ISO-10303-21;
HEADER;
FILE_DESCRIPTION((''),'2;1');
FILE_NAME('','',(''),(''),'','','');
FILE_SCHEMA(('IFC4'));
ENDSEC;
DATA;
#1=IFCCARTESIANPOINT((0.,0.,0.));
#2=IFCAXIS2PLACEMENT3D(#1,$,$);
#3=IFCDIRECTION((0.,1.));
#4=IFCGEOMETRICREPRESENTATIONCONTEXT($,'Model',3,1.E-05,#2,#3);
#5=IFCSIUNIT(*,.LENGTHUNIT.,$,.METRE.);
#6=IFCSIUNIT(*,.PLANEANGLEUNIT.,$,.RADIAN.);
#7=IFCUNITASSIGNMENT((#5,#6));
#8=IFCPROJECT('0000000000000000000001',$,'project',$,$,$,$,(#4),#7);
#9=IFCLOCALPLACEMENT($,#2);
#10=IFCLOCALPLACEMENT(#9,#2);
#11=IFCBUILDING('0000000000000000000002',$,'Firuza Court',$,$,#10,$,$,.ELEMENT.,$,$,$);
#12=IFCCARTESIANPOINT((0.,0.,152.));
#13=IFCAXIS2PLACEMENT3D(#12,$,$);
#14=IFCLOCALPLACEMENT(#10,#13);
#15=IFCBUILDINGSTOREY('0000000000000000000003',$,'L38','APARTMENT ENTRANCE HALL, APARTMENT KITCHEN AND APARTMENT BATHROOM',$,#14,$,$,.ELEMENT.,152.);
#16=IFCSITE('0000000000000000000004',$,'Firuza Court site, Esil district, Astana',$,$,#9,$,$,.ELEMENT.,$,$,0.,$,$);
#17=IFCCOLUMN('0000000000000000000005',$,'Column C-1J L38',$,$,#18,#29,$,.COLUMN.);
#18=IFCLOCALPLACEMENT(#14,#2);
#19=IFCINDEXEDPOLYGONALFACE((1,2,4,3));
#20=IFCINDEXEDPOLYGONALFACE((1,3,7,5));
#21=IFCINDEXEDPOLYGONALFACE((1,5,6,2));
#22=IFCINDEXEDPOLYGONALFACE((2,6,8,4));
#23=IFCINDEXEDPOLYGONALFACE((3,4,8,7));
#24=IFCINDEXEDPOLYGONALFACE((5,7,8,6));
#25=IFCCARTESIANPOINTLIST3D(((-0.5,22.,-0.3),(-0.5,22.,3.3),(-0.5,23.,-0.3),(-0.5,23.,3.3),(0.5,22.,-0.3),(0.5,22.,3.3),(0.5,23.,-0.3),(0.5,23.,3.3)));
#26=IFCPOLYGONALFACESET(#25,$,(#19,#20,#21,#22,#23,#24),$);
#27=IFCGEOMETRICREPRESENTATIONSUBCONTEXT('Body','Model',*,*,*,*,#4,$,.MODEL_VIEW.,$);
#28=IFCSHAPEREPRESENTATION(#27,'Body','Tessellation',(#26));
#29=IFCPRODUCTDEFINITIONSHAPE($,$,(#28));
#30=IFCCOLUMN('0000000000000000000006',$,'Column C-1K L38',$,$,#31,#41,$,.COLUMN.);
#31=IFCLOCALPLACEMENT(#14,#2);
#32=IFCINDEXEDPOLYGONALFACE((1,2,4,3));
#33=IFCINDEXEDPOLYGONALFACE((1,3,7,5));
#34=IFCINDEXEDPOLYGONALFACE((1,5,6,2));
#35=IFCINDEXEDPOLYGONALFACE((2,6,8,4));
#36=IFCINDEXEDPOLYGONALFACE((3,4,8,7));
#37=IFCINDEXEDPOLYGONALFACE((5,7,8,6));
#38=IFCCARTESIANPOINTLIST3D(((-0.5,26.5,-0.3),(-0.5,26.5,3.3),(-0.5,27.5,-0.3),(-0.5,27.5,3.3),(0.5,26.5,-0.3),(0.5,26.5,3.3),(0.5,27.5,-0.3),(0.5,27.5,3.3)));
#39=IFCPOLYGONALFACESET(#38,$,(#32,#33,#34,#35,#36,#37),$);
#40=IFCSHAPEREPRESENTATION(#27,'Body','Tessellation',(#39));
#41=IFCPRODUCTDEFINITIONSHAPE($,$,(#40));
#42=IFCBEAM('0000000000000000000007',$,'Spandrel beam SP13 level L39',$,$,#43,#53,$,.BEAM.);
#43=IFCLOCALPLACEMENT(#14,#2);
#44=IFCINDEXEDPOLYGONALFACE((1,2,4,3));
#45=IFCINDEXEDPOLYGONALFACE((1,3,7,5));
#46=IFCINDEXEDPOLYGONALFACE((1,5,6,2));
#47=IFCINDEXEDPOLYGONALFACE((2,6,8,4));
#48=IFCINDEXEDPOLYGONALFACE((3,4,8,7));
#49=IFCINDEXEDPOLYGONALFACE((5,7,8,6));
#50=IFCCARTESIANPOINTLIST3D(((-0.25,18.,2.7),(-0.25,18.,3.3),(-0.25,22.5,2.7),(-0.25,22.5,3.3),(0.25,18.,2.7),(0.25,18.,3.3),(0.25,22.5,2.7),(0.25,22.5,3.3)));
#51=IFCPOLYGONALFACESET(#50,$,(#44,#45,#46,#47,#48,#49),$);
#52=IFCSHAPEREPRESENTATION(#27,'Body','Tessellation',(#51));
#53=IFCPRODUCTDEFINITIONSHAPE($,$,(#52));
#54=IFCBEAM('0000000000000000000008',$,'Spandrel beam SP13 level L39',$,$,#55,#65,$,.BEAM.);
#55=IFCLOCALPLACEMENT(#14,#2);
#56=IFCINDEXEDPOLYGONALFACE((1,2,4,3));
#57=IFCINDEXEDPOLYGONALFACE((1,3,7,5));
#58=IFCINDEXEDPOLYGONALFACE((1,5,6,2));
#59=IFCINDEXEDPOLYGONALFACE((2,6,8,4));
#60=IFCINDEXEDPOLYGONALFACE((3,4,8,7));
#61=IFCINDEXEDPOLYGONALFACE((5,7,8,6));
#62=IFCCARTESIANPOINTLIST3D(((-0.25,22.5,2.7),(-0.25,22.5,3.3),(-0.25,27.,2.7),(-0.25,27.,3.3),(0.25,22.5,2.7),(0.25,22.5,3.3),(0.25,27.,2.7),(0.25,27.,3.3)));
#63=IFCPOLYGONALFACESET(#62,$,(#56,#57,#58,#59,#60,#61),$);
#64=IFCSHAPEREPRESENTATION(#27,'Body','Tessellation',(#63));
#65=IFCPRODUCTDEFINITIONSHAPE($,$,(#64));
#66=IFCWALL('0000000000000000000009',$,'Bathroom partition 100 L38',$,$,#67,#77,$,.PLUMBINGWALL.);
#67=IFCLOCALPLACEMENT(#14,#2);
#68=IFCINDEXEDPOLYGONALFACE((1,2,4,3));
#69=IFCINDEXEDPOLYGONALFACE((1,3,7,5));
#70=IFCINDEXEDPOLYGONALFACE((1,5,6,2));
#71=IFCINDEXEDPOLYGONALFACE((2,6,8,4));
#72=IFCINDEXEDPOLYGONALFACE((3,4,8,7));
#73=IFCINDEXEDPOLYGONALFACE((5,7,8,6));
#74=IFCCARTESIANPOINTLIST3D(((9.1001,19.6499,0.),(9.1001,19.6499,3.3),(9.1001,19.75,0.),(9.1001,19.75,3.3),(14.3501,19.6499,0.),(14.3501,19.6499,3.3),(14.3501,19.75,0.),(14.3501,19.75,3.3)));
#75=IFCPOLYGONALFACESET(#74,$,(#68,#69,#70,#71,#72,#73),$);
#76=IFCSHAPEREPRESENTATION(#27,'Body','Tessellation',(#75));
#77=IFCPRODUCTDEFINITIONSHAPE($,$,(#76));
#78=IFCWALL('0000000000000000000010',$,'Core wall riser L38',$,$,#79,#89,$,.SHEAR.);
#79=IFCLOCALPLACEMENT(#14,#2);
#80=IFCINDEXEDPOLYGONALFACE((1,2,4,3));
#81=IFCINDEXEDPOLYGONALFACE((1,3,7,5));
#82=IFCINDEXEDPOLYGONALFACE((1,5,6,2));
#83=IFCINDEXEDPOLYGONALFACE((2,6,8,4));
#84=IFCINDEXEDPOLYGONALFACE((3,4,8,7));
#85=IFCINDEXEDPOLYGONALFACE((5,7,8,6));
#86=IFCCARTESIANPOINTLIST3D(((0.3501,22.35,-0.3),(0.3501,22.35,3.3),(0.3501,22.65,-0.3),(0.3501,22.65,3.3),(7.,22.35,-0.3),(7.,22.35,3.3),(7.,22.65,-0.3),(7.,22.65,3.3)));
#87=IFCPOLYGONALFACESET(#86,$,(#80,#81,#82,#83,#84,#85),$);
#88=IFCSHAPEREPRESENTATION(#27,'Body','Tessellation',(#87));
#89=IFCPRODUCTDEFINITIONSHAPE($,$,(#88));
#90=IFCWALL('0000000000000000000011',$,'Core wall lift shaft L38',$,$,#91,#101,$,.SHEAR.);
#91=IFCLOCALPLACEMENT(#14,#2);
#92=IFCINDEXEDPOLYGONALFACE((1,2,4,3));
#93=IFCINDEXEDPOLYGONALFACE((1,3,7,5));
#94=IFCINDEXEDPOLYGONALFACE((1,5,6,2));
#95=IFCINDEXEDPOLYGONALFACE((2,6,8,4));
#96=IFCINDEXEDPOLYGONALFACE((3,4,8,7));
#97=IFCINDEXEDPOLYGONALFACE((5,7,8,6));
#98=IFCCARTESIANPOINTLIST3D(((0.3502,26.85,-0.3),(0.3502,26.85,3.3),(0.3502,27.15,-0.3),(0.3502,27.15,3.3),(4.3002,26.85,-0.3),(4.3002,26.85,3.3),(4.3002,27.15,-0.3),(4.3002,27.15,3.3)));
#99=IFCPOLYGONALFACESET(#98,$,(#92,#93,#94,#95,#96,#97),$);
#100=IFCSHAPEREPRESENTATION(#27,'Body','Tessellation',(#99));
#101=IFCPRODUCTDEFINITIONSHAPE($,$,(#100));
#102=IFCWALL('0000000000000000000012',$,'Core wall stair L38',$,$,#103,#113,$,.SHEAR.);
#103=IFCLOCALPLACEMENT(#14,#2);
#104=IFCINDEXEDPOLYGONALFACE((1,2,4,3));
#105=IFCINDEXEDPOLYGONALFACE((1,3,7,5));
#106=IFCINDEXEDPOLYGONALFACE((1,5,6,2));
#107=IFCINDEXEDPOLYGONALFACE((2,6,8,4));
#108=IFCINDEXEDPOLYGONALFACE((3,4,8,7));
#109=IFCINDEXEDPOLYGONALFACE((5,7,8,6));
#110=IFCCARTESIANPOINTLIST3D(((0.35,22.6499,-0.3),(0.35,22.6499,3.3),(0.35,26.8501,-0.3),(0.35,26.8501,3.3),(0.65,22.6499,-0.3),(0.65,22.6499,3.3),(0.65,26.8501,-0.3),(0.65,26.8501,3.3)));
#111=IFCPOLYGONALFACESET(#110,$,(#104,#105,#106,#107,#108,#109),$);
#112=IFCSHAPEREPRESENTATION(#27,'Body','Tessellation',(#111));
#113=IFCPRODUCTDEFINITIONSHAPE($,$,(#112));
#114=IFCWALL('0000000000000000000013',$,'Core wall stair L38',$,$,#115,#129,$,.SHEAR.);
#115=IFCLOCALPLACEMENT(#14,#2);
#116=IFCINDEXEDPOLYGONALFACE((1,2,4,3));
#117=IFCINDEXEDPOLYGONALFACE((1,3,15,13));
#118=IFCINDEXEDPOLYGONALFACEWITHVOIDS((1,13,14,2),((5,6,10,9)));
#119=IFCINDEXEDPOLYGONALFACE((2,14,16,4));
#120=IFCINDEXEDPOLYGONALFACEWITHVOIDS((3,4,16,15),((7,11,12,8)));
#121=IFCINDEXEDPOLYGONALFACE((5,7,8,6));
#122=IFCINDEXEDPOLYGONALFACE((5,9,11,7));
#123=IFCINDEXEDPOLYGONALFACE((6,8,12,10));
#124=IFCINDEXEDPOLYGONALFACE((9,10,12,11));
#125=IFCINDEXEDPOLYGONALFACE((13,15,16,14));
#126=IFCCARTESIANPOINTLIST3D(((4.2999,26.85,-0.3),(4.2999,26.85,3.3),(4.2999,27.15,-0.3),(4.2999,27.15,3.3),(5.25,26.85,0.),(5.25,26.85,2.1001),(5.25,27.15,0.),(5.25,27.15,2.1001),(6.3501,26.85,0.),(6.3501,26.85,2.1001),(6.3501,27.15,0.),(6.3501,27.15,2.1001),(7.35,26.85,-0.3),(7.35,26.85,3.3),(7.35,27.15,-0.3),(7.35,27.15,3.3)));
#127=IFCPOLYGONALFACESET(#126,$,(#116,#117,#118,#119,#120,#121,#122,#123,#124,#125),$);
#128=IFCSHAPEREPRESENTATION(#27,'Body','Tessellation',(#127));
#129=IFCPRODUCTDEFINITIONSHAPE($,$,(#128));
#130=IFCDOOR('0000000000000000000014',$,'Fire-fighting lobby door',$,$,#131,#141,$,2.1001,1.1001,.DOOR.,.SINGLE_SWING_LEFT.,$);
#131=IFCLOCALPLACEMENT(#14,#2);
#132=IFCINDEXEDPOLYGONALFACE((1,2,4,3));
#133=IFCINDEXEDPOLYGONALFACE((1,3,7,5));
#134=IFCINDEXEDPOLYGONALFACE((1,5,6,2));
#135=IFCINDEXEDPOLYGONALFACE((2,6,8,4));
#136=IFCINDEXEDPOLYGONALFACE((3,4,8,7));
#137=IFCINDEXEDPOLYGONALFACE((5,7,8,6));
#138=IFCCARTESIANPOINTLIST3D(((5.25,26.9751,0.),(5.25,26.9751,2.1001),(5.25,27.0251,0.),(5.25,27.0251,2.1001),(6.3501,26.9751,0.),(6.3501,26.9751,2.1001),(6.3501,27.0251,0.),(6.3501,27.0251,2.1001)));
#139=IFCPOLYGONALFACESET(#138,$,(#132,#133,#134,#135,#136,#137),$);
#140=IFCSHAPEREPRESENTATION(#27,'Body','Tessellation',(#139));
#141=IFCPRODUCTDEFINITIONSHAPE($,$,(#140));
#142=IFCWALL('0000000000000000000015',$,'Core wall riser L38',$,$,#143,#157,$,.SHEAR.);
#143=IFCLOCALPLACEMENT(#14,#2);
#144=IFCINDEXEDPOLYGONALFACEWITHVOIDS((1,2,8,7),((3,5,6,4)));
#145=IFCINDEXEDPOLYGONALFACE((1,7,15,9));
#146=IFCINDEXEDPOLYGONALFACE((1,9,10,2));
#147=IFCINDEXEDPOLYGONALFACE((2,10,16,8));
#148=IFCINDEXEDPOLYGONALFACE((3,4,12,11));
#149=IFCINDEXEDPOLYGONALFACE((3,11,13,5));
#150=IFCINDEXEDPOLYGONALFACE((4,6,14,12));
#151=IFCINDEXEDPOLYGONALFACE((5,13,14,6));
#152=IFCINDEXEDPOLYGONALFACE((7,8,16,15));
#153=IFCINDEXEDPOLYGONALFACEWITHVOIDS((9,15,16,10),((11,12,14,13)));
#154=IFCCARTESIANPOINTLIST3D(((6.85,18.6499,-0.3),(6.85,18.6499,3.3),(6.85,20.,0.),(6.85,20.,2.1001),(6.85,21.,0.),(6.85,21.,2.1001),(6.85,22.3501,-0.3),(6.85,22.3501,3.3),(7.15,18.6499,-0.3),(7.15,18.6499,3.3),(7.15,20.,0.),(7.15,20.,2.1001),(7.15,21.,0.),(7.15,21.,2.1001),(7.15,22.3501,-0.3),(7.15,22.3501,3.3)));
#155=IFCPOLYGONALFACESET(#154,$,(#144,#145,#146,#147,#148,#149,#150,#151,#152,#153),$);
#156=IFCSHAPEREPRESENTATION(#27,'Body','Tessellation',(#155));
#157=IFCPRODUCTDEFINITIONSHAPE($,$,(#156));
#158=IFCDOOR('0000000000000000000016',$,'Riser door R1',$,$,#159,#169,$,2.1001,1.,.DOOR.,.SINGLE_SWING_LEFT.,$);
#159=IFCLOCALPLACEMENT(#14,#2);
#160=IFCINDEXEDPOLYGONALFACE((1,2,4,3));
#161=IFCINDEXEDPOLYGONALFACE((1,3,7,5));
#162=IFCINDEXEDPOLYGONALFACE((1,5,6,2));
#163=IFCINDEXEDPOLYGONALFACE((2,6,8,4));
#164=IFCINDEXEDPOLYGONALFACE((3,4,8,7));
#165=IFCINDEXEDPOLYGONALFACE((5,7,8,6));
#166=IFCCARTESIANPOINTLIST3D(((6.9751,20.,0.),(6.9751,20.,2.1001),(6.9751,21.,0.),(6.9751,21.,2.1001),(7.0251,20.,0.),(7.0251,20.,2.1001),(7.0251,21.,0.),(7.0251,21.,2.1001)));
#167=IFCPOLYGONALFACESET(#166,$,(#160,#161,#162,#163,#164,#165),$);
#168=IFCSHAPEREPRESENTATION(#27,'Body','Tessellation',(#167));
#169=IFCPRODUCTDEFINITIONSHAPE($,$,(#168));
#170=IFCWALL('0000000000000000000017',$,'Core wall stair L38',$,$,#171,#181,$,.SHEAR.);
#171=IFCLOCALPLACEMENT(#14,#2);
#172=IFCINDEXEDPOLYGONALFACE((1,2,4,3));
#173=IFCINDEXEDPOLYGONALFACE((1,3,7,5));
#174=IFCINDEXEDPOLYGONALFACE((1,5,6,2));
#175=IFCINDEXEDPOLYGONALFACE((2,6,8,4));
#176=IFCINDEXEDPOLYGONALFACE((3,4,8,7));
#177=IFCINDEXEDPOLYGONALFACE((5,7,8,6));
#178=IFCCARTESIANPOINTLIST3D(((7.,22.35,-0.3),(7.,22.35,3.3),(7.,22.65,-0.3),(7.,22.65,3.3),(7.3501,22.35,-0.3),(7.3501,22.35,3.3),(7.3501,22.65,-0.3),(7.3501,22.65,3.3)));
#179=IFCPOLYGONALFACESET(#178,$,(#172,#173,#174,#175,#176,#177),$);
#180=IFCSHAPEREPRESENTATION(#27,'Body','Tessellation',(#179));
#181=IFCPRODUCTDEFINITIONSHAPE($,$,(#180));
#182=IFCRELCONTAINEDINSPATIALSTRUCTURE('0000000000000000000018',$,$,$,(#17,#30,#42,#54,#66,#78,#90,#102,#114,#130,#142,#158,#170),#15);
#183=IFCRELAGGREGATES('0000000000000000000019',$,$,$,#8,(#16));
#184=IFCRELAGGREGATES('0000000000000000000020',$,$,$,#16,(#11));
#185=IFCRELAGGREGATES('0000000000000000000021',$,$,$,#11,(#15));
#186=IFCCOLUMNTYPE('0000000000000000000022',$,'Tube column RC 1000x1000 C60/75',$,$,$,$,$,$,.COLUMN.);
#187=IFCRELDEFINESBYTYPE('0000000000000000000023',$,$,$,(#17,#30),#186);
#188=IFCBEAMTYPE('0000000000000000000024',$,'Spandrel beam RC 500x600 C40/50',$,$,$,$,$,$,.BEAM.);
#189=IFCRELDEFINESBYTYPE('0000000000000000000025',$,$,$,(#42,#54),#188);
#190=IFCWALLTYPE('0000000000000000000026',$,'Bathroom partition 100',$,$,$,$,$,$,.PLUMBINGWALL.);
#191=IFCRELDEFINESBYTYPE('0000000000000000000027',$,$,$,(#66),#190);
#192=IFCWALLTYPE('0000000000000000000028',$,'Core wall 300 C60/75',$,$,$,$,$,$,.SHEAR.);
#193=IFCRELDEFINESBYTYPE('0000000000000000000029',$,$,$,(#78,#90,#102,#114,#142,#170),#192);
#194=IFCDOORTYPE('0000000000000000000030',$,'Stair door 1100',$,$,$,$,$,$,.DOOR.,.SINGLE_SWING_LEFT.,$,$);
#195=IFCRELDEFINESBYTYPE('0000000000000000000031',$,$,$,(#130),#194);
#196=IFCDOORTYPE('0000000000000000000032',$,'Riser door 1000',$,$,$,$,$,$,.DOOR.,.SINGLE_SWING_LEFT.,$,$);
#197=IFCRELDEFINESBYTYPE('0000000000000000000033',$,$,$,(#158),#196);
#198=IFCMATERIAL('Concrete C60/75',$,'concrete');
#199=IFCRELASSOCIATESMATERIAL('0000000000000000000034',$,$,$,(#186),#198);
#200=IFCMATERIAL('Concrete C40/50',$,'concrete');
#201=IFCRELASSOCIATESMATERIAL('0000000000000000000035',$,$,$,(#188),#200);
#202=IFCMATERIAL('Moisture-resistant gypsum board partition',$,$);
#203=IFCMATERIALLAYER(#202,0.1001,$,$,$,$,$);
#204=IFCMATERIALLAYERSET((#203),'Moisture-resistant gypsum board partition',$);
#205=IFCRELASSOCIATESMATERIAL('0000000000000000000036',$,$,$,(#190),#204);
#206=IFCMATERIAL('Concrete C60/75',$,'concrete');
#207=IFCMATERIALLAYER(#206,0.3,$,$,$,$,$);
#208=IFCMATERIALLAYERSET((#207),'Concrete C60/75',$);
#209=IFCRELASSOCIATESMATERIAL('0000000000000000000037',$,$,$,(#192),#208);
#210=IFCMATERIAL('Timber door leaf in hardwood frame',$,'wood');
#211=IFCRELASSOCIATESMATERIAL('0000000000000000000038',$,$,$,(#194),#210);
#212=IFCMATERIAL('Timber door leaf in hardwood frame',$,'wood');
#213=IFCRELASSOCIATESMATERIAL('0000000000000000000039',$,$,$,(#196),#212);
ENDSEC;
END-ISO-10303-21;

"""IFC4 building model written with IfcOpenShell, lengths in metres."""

from ifc_helpers import new_model, si_unit, direction, frame, frame_2d, origin, origin_2d, place, context, subcontext, project, spatial, rectangle, extrude, material, layer, layer_set, material_profile, profile_set, type_object, element, fill, save


model = new_model("IFC4")

# Units and contexts
model_context = context("Model", 3, precision=1e-05, world=origin(), true_north=direction((0.0, 1.0)))
body_context = subcontext(model_context, "Body", "Model", "MODEL_VIEW")
ifc_project = project(units=[si_unit("LENGTHUNIT", "METRE"), si_unit("PLANEANGLEUNIT", "RADIAN")], contexts=[model_context])

# Site, building, storey
site_placement = place(None, origin())
site = spatial("IfcSite", under=ifc_project, at=site_placement, Name="Firuza Court site, Esil district, Astana", CompositionType="ELEMENT", RefElevation=0.0)
building_placement = place(site_placement, origin())
building = spatial("IfcBuilding", under=site, at=building_placement, Name="Firuza Court", CompositionType="ELEMENT")
storey_placement = place(building_placement, frame((0.0, 0.0, 152.0)))
storey = spatial("IfcBuildingStorey", under=building, at=storey_placement, Name="L38", Description="APARTMENT ENTRANCE HALL, APARTMENT KITCHEN AND APARTMENT BATHROOM", CompositionType="ELEMENT", Elevation=152.0)

# Columns
ifc_material_1 = material(Name="Concrete C60/75", Category="concrete")
ifc_material_profile_1 = material_profile(ifc_material_1, rectangle(XDim=1.0, YDim=1.0, at=origin_2d()), Name="RC 1000x1000")
ifc_profile_set_1 = profile_set([ifc_material_profile_1], Name="Concrete C60/75")
column_type = type_object("IfcColumnType", Name="Tube column RC 1000x1000 C60/75", PredefinedType="COLUMN", material=ifc_profile_set_1)
for number, where, z_axis, x_axis, name in (
    (1, (0.0, 22.5, -0.3), (0.0, 0.0, 1.0), (1.0, 0.0, 0.0), "Column C-1J L38"),
    (2, (0.0, 27.0, -0.3), (0.0, 0.0, 1.0), (1.0, 0.0, 0.0), "Column C-1K L38"),
):
    element("IfcColumn", number, at=place(storey_placement, frame(where, z_axis=z_axis, x_axis=x_axis)), inside=storey, type_object=column_type, Name=name, PredefinedType="COLUMN", context=body_context, shape_type="SweptSolid", body=[
        extrude(rectangle(XDim=1.0, YDim=1.0, at=origin_2d()), origin(), (0.0, 0.0, 1.0), 3.6001),
    ])

# Beams
ifc_material_2 = material(Name="Concrete C40/50", Category="concrete")
ifc_material_profile_2 = material_profile(ifc_material_2, rectangle(XDim=0.5, YDim=0.6001, at=origin_2d()), Name="RC 500x600")
ifc_profile_set_2 = profile_set([ifc_material_profile_2], Name="Concrete C40/50")
beam_type = type_object("IfcBeamType", Name="Spandrel beam RC 500x600 C40/50", PredefinedType="BEAM", material=ifc_profile_set_2)
for number, where, z_axis, x_axis, name in (
    (3, (0.0, 22.5, 3.0), (0.0, -1.0, 0.0), (1.0, 0.0, 0.0), "Spandrel beam SP13 level L39"),
    (4, (0.0, 27.0, 3.0), (0.0, -1.0, 0.0), (1.0, 0.0, 0.0), "Spandrel beam SP13 level L39"),
):
    element("IfcBeam", number, at=place(storey_placement, frame(where, z_axis=z_axis, x_axis=x_axis)), inside=storey, type_object=beam_type, Name=name, PredefinedType="BEAM", context=body_context, shape_type="SweptSolid", body=[
        extrude(rectangle(XDim=0.5, YDim=0.6001, at=origin_2d()), origin(), (0.0, 0.0, 1.0), 4.5),
    ])

# Walls
ifc_material_3 = material(Name="Moisture-resistant gypsum board partition")
ifc_layer_1 = layer(ifc_material_3, 0.1001)
ifc_layer_set_1 = layer_set([ifc_layer_1], Name="Moisture-resistant gypsum board partition")
wall_type_1 = type_object("IfcWallType", Name="Bathroom partition 100", PredefinedType="PLUMBINGWALL", material=ifc_layer_set_1)
wall_1_placement = place(storey_placement, frame((9.1001, 19.7, 0.0), z_axis=(0.0, 0.0, 1.0), x_axis=(1.0, 0.0, 0.0)))
element("IfcWall", 5, at=wall_1_placement, inside=storey, type_object=wall_type_1, Name="Bathroom partition 100 L38", PredefinedType="PLUMBINGWALL", context=body_context, shape_type="SweptSolid", body=[
    extrude(rectangle(XDim=5.25, YDim=0.1001, at=frame_2d((2.625, 0.0))), origin(), (0.0, 0.0, 1.0), 3.3),
])
ifc_material_4 = material(Name="Concrete C60/75", Category="concrete")
ifc_layer_2 = layer(ifc_material_4, 0.3)
ifc_layer_set_2 = layer_set([ifc_layer_2], Name="Concrete C60/75")
wall_type_2 = type_object("IfcWallType", Name="Core wall 300 C60/75", PredefinedType="SHEAR", material=ifc_layer_set_2)
wall_2_placement = place(storey_placement, frame((0.3501, 22.5, -0.3), z_axis=(0.0, 0.0, 1.0), x_axis=(1.0, 0.0, 0.0)))
element("IfcWall", 6, at=wall_2_placement, inside=storey, type_object=wall_type_2, Name="Core wall riser L38", PredefinedType="SHEAR", context=body_context, shape_type="SweptSolid", body=[
    extrude(rectangle(XDim=6.6499, YDim=0.3, at=frame_2d((3.325, 0.0))), origin(), (0.0, 0.0, 1.0), 3.6001),
])
wall_3_placement = place(storey_placement, frame((0.3501, 27.0, -0.3), z_axis=(0.0, 0.0, 1.0), x_axis=(1.0, 0.0, 0.0)))
element("IfcWall", 7, at=wall_3_placement, inside=storey, type_object=wall_type_2, Name="Core wall lift shaft L38", PredefinedType="SHEAR", context=body_context, shape_type="SweptSolid", body=[
    extrude(rectangle(XDim=3.95, YDim=0.3, at=frame_2d((1.9751, 0.0))), origin(), (0.0, 0.0, 1.0), 3.6001),
])
wall_4_placement = place(storey_placement, frame((0.5, 22.6499, -0.3), z_axis=(0.0, 0.0, 1.0), x_axis=(0.0, 1.0, 0.0)))
element("IfcWall", 8, at=wall_4_placement, inside=storey, type_object=wall_type_2, Name="Core wall stair L38", PredefinedType="SHEAR", context=body_context, shape_type="SweptSolid", body=[
    extrude(rectangle(XDim=4.2002, YDim=0.3, at=frame_2d((2.1001, 0.0))), origin(), (0.0, 0.0, 1.0), 3.6001),
])

# Walls, openings, doors
wall_5_placement = place(storey_placement, frame((4.3, 27.0, -0.3), z_axis=(0.0, 0.0, 1.0), x_axis=(1.0, 0.0, 0.0)))
wall_5 = element("IfcWall", 9, at=wall_5_placement, inside=storey, type_object=wall_type_2, Name="Core wall stair L38", PredefinedType="SHEAR", context=body_context, shape_type="SweptSolid", body=[
    extrude(rectangle(XDim=3.05, YDim=0.3, at=frame_2d((1.5249, 0.0))), origin(), (0.0, 0.0, 1.0), 3.6001),
])
opening_1_placement = place(wall_5_placement, frame((0.95, 0.0, 0.3)))
opening_1 = element("IfcOpeningElement", 10, at=opening_1_placement, cuts=wall_5, PredefinedType="OPENING", context=body_context, shape_type="SweptSolid", body=[
    extrude(rectangle(XDim=1.1001, YDim=2.1001, at=frame_2d((0.55, 1.05))), frame((0.0, 0.1621, 0.0), z_axis=(0.0, -1.0, 0.0), x_axis=(1.0, 0.0, 0.0)), (0.0, 0.0, 1.0), 0.324),
])
ifc_material_5 = material(Name="Timber door leaf in hardwood frame", Category="wood")
door_type_1 = type_object("IfcDoorType", Name="Stair door 1100", OperationType="SINGLE_SWING_LEFT", PredefinedType="DOOR", material=ifc_material_5)
door_1_placement = place(opening_1_placement, frame((1.1001, 0.0, 0.0), z_axis=(0.0, 0.0, 1.0), x_axis=(-1.0, 0.0, 0.0)))
door_1 = element("IfcDoor", 11, at=door_1_placement, inside=storey, type_object=door_type_1, Name="Fire-fighting lobby door", OperationType="SINGLE_SWING_LEFT", OverallHeight=2.1001, OverallWidth=1.1001, PredefinedType="DOOR", context=body_context, shape_type="SweptSolid", body=[
    extrude(rectangle(XDim=1.1001, YDim=2.1001, at=frame_2d((0.55, 1.05))), frame((0.0, 0.0249, 0.0), z_axis=(0.0, -1.0, 0.0), x_axis=(1.0, 0.0, 0.0)), (0.0, 0.0, 1.0), 0.05),
])
fill(opening_1, door_1)
wall_6_placement = place(storey_placement, frame((7.0, 18.6499, -0.3), z_axis=(0.0, 0.0, 1.0), x_axis=(0.0, 1.0, 0.0)))
wall_6 = element("IfcWall", 12, at=wall_6_placement, inside=storey, type_object=wall_type_2, Name="Core wall riser L38", PredefinedType="SHEAR", context=body_context, shape_type="SweptSolid", body=[
    extrude(rectangle(XDim=3.7002, YDim=0.3, at=frame_2d((1.8501, 0.0))), origin(), (0.0, 0.0, 1.0), 3.6001),
])
opening_2_placement = place(wall_6_placement, frame((1.3501, 0.0, 0.3)))
opening_2 = element("IfcOpeningElement", 13, at=opening_2_placement, cuts=wall_6, PredefinedType="OPENING", context=body_context, shape_type="SweptSolid", body=[
    extrude(rectangle(XDim=1.0, YDim=2.1001, at=frame_2d((0.5, 1.05))), frame((0.0, 0.1621, 0.0), z_axis=(0.0, -1.0, 0.0), x_axis=(1.0, 0.0, 0.0)), (0.0, 0.0, 1.0), 0.324),
])
ifc_material_6 = material(Name="Timber door leaf in hardwood frame", Category="wood")
door_type_2 = type_object("IfcDoorType", Name="Riser door 1000", OperationType="SINGLE_SWING_LEFT", PredefinedType="DOOR", material=ifc_material_6)
door_2_placement = place(opening_2_placement, origin())
door_2 = element("IfcDoor", 14, at=door_2_placement, inside=storey, type_object=door_type_2, Name="Riser door R1", OperationType="SINGLE_SWING_LEFT", OverallHeight=2.1001, OverallWidth=1.0, PredefinedType="DOOR", context=body_context, shape_type="SweptSolid", body=[
    extrude(rectangle(XDim=1.0, YDim=2.1001, at=frame_2d((0.5, 1.05))), frame((0.0, 0.0249, 0.0), z_axis=(0.0, -1.0, 0.0), x_axis=(1.0, 0.0, 0.0)), (0.0, 0.0, 1.0), 0.05),
])
fill(opening_2, door_2)

# Wall
wall_7_placement = place(storey_placement, frame((7.0, 22.5, -0.3), z_axis=(0.0, 0.0, 1.0), x_axis=(1.0, 0.0, 0.0)))
element("IfcWall", 15, at=wall_7_placement, inside=storey, type_object=wall_type_2, Name="Core wall stair L38", PredefinedType="SHEAR", context=body_context, shape_type="SweptSolid", body=[
    extrude(rectangle(XDim=0.3501, YDim=0.3, at=frame_2d((0.175, 0.0))), origin(), (0.0, 0.0, 1.0), 3.6001),
])

save(model, "model.ifc")
